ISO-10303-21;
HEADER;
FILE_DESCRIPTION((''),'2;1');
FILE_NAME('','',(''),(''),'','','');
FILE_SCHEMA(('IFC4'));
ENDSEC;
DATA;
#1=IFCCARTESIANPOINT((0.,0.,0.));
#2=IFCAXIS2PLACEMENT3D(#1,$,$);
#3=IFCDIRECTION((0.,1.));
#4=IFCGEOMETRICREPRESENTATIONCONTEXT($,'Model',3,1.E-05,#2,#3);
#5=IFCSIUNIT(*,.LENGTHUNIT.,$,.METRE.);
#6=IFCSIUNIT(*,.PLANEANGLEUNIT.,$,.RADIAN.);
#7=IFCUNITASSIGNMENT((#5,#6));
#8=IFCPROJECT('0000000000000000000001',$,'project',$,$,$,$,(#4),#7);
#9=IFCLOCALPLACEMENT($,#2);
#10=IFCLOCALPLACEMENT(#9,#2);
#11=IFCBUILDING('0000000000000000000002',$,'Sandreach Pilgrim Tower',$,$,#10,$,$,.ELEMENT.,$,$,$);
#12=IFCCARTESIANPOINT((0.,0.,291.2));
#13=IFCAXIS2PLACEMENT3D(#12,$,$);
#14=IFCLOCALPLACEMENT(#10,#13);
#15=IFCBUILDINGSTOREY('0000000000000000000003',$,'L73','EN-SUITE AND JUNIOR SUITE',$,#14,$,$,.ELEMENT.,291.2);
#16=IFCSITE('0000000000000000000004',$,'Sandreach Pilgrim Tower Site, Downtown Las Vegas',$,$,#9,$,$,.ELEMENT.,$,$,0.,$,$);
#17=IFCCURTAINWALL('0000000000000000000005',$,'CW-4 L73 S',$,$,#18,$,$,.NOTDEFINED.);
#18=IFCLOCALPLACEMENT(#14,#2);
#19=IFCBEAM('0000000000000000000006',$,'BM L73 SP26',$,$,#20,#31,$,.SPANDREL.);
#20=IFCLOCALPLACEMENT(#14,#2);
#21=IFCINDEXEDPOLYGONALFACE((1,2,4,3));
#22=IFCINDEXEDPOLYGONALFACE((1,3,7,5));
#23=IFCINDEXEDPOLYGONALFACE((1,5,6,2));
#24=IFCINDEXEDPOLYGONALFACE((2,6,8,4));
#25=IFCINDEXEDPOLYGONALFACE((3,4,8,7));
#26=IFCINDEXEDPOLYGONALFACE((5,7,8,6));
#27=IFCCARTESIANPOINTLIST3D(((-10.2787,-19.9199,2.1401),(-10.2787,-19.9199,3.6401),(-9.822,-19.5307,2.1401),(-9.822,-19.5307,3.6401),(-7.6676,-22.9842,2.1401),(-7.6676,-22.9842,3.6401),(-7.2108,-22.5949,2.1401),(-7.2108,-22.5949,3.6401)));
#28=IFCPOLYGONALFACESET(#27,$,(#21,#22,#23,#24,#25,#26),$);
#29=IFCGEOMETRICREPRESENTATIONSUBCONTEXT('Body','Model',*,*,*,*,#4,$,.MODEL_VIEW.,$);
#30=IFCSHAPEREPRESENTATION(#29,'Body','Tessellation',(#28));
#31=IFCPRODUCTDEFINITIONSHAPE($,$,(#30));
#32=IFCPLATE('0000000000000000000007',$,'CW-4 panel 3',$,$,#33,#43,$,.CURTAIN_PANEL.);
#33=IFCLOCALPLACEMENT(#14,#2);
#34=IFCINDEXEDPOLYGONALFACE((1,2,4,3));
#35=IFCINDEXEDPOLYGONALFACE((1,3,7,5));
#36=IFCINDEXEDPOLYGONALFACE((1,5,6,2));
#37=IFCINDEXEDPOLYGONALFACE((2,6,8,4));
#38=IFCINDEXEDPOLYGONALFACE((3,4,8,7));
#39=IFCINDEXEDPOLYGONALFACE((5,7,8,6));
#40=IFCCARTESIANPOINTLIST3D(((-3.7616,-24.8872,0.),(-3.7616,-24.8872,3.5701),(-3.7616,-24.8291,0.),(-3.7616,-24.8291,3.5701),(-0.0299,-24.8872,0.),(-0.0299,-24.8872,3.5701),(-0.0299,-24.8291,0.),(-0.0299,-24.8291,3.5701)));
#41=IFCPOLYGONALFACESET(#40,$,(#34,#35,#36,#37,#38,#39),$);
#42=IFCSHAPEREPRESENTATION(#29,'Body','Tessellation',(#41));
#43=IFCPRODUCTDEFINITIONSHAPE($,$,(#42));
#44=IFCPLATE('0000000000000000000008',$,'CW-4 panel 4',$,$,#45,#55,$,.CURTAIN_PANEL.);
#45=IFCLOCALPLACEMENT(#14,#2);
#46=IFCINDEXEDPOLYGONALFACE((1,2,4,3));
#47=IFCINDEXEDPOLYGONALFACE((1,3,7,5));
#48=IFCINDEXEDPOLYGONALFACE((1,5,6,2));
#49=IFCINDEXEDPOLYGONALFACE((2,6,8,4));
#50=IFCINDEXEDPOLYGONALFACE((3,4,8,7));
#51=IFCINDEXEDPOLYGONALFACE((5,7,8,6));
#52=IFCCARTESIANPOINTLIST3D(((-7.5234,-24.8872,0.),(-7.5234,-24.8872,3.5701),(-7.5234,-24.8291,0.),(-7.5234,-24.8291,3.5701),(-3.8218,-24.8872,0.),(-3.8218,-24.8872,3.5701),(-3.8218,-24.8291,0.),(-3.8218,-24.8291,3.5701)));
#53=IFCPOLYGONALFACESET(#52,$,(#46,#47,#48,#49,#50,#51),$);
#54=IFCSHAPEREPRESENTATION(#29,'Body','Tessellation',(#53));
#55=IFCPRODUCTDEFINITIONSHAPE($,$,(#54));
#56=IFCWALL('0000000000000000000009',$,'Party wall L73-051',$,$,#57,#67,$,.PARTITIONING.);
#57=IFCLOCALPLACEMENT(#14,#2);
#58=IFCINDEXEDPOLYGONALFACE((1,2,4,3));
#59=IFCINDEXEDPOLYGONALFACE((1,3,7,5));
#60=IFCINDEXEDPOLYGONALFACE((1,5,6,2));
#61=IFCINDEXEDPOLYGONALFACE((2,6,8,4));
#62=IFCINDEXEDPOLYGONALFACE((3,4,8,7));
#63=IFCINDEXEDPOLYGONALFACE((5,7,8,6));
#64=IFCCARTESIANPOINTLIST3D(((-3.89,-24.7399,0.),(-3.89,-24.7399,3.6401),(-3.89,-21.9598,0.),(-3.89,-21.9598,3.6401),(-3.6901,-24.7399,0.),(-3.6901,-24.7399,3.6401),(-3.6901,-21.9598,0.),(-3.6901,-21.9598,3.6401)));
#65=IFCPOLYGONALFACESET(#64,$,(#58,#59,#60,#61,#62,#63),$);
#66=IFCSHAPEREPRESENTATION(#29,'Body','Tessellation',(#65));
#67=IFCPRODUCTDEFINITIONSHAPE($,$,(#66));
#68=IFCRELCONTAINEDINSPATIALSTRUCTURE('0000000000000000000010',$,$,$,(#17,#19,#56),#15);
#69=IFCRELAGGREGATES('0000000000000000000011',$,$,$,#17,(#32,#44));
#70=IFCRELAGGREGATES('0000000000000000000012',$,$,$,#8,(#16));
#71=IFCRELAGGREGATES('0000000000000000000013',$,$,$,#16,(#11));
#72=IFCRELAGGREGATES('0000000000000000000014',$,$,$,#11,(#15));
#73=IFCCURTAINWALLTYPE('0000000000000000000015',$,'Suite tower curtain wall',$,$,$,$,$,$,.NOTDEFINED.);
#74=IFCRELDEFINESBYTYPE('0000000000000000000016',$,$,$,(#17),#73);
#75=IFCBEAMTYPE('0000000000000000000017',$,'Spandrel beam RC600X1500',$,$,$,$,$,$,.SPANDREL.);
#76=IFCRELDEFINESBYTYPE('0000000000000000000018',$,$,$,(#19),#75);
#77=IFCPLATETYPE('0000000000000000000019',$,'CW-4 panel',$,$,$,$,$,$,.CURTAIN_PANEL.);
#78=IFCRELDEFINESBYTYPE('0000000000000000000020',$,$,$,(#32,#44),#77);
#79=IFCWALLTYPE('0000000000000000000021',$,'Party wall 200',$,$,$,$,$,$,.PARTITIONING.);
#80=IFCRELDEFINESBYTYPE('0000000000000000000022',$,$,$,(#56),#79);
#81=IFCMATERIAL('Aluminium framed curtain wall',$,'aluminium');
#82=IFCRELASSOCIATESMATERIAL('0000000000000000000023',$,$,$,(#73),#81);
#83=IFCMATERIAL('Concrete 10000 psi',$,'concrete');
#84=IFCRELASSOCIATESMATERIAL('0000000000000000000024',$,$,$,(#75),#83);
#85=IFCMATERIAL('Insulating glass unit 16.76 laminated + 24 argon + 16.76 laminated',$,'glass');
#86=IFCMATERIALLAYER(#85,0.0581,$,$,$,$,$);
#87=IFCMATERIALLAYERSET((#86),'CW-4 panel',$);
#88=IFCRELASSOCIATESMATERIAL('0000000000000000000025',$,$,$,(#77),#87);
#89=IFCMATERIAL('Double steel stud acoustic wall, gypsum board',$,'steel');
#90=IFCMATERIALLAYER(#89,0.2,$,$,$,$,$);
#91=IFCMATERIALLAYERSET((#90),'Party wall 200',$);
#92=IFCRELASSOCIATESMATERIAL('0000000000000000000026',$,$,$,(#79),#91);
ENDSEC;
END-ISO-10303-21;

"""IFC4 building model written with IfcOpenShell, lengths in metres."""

from ifc_helpers import new_model, si_unit, direction, frame, frame_2d, origin, origin_2d, place, context, subcontext, project, spatial, rectangle, extrude, material, layer, layer_set, material_profile, profile_set, type_object, element, aggregate, save


model = new_model("IFC4")

# Units and contexts
model_context = context("Model", 3, precision=1e-05, world=origin(), true_north=direction((0.0, 1.0)))
body_context = subcontext(model_context, "Body", "Model", "MODEL_VIEW")
ifc_project = project(units=[si_unit("LENGTHUNIT", "METRE"), si_unit("PLANEANGLEUNIT", "RADIAN")], contexts=[model_context])

# Site, building, storey
site_placement = place(None, origin())
site = spatial("IfcSite", under=ifc_project, at=site_placement, Name="Sandreach Pilgrim Tower Site, Downtown Las Vegas", CompositionType="ELEMENT", RefElevation=0.0)
building_placement = place(site_placement, origin())
building = spatial("IfcBuilding", under=site, at=building_placement, Name="Sandreach Pilgrim Tower", CompositionType="ELEMENT")
storey_placement = place(building_placement, frame((0.0, 0.0, 291.2)))
storey = spatial("IfcBuildingStorey", under=building, at=storey_placement, Name="L73", Description="EN-SUITE AND JUNIOR SUITE", CompositionType="ELEMENT", Elevation=291.2)

# Curtain wall
ifc_material_1 = material(Name="Aluminium framed curtain wall", Category="aluminium")
curtain_wall_type = type_object("IfcCurtainWallType", Name="Suite tower curtain wall", PredefinedType="NOTDEFINED", material=ifc_material_1)
curtain_wall_placement = place(storey_placement, origin())
curtain_wall = element("IfcCurtainWall", 1, at=curtain_wall_placement, inside=storey, type_object=curtain_wall_type, Name="CW-4 L73 S", PredefinedType="NOTDEFINED")

# Beam
ifc_material_2 = material(Name="Concrete 10000 psi", Category="concrete")
ifc_material_profile_1 = material_profile(ifc_material_2, rectangle(XDim=0.6001, YDim=1.5, at=origin_2d()), Name="RC600X1500")
ifc_profile_set_1 = profile_set([ifc_material_profile_1], Name="Concrete 10000 psi")
beam_type_1 = type_object("IfcBeamType", Name="Spandrel beam RC600X1500", PredefinedType="SPANDREL", material=ifc_profile_set_1)
beam_1_placement = place(storey_placement, frame((-7.4392, -22.7896, 2.8901), z_axis=(-0.648586, 0.761141, 0.0), x_axis=(-0.761141, -0.648586, 0.0)))
element("IfcBeam", 2, at=beam_1_placement, inside=storey, type_object=beam_type_1, Name="BM L73 SP26", PredefinedType="SPANDREL", context=body_context, shape_type="SweptSolid", body=[
    extrude(rectangle(XDim=0.6001, YDim=1.5, at=origin_2d()), origin(), (0.0, 0.0, 1.0), 4.0259),
])

# Plates
ifc_material_3 = material(Name="Insulating glass unit 16.76 laminated + 24 argon + 16.76 laminated", Category="glass")
ifc_layer_1 = layer(ifc_material_3, 0.0581)
ifc_layer_set_1 = layer_set([ifc_layer_1], Name="CW-4 panel")
plate_type = type_object("IfcPlateType", Name="CW-4 panel", PredefinedType="CURTAIN_PANEL", material=ifc_layer_set_1)
plate_1_placement = place(storey_placement, frame((-1.8958, -24.8582, 0.0), z_axis=(0.0, 0.0, 1.0), x_axis=(-1.0, 0.0, 0.0)))
plate_1 = element("IfcPlate", 3, at=plate_1_placement, type_object=plate_type, Name="CW-4 panel 3", PredefinedType="CURTAIN_PANEL", context=body_context, shape_type="SweptSolid", body=[
    extrude(rectangle(XDim=3.7317, YDim=0.0581, at=origin_2d()), origin(), (0.0, 0.0, 1.0), 3.5701),
])
plate_2_placement = place(storey_placement, frame((-5.6726, -24.8582, 0.0), z_axis=(0.0, 0.0, 1.0), x_axis=(-1.0, 0.0, 0.0)))
plate_2 = element("IfcPlate", 4, at=plate_2_placement, type_object=plate_type, Name="CW-4 panel 4", PredefinedType="CURTAIN_PANEL", context=body_context, shape_type="SweptSolid", body=[
    extrude(rectangle(XDim=3.7017, YDim=0.0581, at=origin_2d()), origin(), (0.0, 0.0, 1.0), 3.5701),
])
aggregate(curtain_wall, [plate_1, plate_2])

# Wall
ifc_material_4 = material(Name="Double steel stud acoustic wall, gypsum board", Category="steel")
ifc_layer_2 = layer(ifc_material_4, 0.2)
ifc_layer_set_2 = layer_set([ifc_layer_2], Name="Party wall 200")
wall_type = type_object("IfcWallType", Name="Party wall 200", PredefinedType="PARTITIONING", material=ifc_layer_set_2)
wall_placement = place(storey_placement, frame((-3.79, -24.74, 0.0), z_axis=(0.0, 0.0, 1.0), x_axis=(0.0, 1.0, 0.0)))
element("IfcWall", 5, at=wall_placement, inside=storey, type_object=wall_type, Name="Party wall L73-051", PredefinedType="PARTITIONING", context=body_context, shape_type="SweptSolid", body=[
    extrude(rectangle(XDim=2.78, YDim=0.2, at=frame_2d((1.3901, 0.0))), origin(), (0.0, 0.0, 1.0), 3.6401),
])

save(model, "model.ifc")
